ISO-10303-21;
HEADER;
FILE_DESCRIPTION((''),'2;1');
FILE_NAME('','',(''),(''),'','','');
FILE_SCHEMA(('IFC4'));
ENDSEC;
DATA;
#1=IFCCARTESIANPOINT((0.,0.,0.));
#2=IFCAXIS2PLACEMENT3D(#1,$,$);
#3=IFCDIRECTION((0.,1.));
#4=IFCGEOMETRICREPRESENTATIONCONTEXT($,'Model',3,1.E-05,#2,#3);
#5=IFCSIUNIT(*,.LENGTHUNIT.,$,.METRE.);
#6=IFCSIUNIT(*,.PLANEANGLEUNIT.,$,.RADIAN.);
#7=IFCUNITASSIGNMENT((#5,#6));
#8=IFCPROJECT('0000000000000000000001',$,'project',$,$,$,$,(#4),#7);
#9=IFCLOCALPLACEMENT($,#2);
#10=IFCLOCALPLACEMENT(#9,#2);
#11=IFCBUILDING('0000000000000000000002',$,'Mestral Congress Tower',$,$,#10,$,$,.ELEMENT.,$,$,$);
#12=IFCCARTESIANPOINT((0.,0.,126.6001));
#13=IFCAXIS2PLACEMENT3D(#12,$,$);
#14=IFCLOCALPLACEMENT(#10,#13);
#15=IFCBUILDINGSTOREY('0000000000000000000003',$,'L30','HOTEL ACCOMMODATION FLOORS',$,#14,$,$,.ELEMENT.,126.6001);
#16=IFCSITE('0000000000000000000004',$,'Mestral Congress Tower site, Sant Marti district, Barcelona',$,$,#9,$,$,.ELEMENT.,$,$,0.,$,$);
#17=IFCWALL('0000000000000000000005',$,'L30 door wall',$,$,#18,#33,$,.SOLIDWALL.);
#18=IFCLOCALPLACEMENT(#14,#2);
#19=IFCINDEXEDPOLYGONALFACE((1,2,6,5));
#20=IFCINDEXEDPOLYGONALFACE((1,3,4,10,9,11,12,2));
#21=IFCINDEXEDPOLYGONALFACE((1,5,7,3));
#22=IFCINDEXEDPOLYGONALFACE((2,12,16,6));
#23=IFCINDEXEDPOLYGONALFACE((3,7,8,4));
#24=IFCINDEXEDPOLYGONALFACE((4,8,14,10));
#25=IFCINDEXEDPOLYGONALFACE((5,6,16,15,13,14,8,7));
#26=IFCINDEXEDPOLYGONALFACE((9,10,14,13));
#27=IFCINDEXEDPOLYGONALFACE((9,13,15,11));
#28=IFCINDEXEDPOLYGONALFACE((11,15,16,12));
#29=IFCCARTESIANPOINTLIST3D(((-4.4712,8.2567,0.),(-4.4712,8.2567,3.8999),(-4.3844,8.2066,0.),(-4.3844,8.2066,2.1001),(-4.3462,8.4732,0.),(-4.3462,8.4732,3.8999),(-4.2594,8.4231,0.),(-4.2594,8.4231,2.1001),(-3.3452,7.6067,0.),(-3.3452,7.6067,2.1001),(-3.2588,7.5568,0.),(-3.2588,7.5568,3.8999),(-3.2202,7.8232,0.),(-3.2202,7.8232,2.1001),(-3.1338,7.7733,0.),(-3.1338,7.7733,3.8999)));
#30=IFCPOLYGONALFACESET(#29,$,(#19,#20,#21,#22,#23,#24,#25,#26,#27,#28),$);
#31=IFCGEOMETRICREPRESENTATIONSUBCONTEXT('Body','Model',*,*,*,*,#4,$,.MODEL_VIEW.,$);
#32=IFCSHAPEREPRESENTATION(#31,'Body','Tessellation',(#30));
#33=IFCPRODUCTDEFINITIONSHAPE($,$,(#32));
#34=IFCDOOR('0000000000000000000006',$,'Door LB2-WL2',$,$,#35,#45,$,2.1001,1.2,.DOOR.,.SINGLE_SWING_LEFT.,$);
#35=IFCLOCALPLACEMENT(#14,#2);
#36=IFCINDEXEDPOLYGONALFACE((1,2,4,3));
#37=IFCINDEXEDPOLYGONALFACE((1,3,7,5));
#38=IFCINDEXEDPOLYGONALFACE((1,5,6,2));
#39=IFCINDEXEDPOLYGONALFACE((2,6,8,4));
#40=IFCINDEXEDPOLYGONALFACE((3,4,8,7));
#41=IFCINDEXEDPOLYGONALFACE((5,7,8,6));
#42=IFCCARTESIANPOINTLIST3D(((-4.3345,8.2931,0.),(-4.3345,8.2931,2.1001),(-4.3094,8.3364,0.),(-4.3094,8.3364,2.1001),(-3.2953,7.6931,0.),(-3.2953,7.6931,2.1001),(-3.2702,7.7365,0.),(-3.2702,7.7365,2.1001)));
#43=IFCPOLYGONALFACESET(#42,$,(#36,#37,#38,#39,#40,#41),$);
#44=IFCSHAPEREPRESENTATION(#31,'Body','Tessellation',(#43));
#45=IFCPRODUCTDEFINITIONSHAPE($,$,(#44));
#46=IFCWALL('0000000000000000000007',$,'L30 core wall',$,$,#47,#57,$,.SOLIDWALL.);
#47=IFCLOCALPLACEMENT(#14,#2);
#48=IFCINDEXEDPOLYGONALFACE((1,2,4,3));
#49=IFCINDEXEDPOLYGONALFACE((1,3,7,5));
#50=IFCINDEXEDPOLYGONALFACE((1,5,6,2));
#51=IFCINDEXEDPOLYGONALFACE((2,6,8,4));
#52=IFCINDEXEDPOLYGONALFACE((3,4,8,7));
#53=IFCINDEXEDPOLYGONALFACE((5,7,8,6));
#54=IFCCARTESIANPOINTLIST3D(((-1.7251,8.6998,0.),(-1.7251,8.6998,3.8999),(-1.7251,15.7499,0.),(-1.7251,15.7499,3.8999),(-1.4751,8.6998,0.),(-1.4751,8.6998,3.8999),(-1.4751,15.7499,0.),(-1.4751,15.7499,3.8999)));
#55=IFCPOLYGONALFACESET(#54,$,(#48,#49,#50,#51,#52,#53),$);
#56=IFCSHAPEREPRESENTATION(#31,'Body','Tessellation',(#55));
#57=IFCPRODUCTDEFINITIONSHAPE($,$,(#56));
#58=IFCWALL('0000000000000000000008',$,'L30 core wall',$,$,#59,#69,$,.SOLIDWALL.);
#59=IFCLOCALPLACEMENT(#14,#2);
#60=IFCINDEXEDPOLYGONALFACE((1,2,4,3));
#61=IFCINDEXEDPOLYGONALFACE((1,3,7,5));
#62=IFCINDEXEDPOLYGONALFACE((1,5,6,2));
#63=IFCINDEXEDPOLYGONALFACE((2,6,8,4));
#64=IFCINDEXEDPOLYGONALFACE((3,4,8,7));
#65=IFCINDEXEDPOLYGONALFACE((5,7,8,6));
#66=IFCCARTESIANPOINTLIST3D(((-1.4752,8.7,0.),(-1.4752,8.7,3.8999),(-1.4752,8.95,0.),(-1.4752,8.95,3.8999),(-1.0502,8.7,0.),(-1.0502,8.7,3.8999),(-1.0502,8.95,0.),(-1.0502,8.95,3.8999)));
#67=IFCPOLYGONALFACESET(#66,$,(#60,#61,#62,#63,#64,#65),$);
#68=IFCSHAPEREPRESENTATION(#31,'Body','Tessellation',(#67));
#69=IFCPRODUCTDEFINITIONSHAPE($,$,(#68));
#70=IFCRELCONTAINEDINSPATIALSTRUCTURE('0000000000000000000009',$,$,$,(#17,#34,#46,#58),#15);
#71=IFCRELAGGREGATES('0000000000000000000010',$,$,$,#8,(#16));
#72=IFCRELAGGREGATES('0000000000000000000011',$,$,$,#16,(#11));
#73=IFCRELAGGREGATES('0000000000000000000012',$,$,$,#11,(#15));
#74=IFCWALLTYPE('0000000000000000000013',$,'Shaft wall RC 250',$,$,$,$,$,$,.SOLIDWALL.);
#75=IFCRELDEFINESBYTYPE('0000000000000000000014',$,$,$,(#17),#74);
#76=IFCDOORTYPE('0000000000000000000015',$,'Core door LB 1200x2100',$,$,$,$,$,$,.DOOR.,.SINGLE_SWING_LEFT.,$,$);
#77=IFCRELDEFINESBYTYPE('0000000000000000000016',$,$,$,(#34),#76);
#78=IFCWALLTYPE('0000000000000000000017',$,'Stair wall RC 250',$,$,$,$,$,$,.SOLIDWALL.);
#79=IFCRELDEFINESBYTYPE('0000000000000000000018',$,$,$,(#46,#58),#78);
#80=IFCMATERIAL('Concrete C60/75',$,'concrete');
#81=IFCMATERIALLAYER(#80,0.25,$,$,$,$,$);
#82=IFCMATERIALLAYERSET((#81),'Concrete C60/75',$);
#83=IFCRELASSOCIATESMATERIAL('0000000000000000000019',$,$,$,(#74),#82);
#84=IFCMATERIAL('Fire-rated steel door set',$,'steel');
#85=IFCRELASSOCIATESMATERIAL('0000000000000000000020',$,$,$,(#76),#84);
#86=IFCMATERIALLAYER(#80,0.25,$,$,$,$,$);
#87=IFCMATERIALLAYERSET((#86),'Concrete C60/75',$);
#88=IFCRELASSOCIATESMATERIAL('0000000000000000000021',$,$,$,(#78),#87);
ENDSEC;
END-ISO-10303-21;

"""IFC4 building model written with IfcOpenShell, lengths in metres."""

from ifc_helpers import new_model, si_unit, direction, frame, frame_2d, origin, place, context, subcontext, project, spatial, rectangle, extrude, material, layer, layer_set, type_object, element, fill, save


model = new_model("IFC4")

# Units and contexts
model_context = context("Model", 3, precision=1e-05, world=origin(), true_north=direction((0.0, 1.0)))
body_context = subcontext(model_context, "Body", "Model", "MODEL_VIEW")
ifc_project = project(units=[si_unit("LENGTHUNIT", "METRE"), si_unit("PLANEANGLEUNIT", "RADIAN")], contexts=[model_context])

# Site, building, storey
site_placement = place(None, origin())
site = spatial("IfcSite", under=ifc_project, at=site_placement, Name="Mestral Congress Tower site, Sant Marti district, Barcelona", CompositionType="ELEMENT", RefElevation=0.0)
building_placement = place(site_placement, origin())
building = spatial("IfcBuilding", under=site, at=building_placement, Name="Mestral Congress Tower", CompositionType="ELEMENT")
storey_placement = place(building_placement, frame((0.0, 0.0, 126.6001)))
storey = spatial("IfcBuildingStorey", under=building, at=storey_placement, Name="L30", Description="HOTEL ACCOMMODATION FLOORS", CompositionType="ELEMENT", Elevation=126.6001)

# Shared definitions
ifc_material_1 = material(Name="Fire-rated steel door set", Category="steel")

# Shared definitions
ifc_material_2 = material(Name="Concrete C60/75", Category="concrete")
ifc_layer_1 = layer(ifc_material_2, 0.25)
ifc_layer_set_1 = layer_set([ifc_layer_1], Name="Concrete C60/75")
wall_type_1 = type_object("IfcWallType", Name="Shaft wall RC 250", PredefinedType="SOLIDWALL", material=ifc_layer_set_1)

# Wall, opening, door
wall_1_placement = place(storey_placement, frame((-4.4087, 8.365, 0.0), z_axis=(0.0, 0.0, 1.0), x_axis=(0.866035, -0.499984, 0.0)))
wall_1 = element("IfcWall", 1, at=wall_1_placement, inside=storey, type_object=wall_type_1, Name="L30 door wall", PredefinedType="SOLIDWALL", context=body_context, shape_type="SweptSolid", body=[
    extrude(rectangle(XDim=1.3999, YDim=0.25, at=frame_2d((0.7, 0.0))), origin(), (0.0, 0.0, 1.0), 3.8999),
])
opening_1_placement = place(wall_1_placement, frame((0.1001, 0.0, 0.0)))
opening_1 = element("IfcOpeningElement", 2, at=opening_1_placement, cuts=wall_1, PredefinedType="OPENING", context=body_context, shape_type="SweptSolid", body=[
    extrude(rectangle(XDim=1.2, YDim=2.1001, at=frame_2d((0.6001, 1.05))), frame((0.0, 0.135, 0.0), z_axis=(0.0, -1.0, 0.0), x_axis=(1.0, 0.0, 0.0)), (0.0, 0.0, 1.0), 0.27),
])
door_type_1 = type_object("IfcDoorType", Name="Core door LB 1200x2100", OperationType="SINGLE_SWING_LEFT", PredefinedType="DOOR", material=ifc_material_1)
door_1_placement = place(opening_1_placement, origin())
door_1 = element("IfcDoor", 3, at=door_1_placement, inside=storey, type_object=door_type_1, Name="Door LB2-WL2", OperationType="SINGLE_SWING_LEFT", OverallHeight=2.1001, OverallWidth=1.2, PredefinedType="DOOR", context=body_context, shape_type="SweptSolid", body=[
    extrude(rectangle(XDim=1.2, YDim=2.1001, at=frame_2d((0.6001, 1.05))), frame((0.0, 0.0249, 0.0), z_axis=(0.0, -1.0, 0.0), x_axis=(1.0, 0.0, 0.0)), (0.0, 0.0, 1.0), 0.05),
])
fill(opening_1, door_1)

# Walls
ifc_layer_2 = layer(ifc_material_2, 0.25)
ifc_layer_set_2 = layer_set([ifc_layer_2], Name="Concrete C60/75")
wall_type_2 = type_object("IfcWallType", Name="Stair wall RC 250", PredefinedType="SOLIDWALL", material=ifc_layer_set_2)
wall_2_placement = place(storey_placement, frame((-1.6001, 8.7, 0.0), z_axis=(0.0, 0.0, 1.0), x_axis=(0.0, 1.0, 0.0)))
element("IfcWall", 4, at=wall_2_placement, inside=storey, type_object=wall_type_2, Name="L30 core wall", PredefinedType="SOLIDWALL", context=body_context, shape_type="SweptSolid", body=[
    extrude(rectangle(XDim=7.05, YDim=0.25, at=frame_2d((3.5249, 0.0))), origin(), (0.0, 0.0, 1.0), 3.8999),
])
wall_3_placement = place(storey_placement, frame((-1.4751, 8.825, 0.0), z_axis=(0.0, 0.0, 1.0), x_axis=(1.0, 0.0, 0.0)))
element("IfcWall", 5, at=wall_3_placement, inside=storey, type_object=wall_type_2, Name="L30 core wall", PredefinedType="SOLIDWALL", context=body_context, shape_type="SweptSolid", body=[
    extrude(rectangle(XDim=0.425, YDim=0.25, at=frame_2d((0.2124, 0.0))), origin(), (0.0, 0.0, 1.0), 3.8999),
])

save(model, "model.ifc")
